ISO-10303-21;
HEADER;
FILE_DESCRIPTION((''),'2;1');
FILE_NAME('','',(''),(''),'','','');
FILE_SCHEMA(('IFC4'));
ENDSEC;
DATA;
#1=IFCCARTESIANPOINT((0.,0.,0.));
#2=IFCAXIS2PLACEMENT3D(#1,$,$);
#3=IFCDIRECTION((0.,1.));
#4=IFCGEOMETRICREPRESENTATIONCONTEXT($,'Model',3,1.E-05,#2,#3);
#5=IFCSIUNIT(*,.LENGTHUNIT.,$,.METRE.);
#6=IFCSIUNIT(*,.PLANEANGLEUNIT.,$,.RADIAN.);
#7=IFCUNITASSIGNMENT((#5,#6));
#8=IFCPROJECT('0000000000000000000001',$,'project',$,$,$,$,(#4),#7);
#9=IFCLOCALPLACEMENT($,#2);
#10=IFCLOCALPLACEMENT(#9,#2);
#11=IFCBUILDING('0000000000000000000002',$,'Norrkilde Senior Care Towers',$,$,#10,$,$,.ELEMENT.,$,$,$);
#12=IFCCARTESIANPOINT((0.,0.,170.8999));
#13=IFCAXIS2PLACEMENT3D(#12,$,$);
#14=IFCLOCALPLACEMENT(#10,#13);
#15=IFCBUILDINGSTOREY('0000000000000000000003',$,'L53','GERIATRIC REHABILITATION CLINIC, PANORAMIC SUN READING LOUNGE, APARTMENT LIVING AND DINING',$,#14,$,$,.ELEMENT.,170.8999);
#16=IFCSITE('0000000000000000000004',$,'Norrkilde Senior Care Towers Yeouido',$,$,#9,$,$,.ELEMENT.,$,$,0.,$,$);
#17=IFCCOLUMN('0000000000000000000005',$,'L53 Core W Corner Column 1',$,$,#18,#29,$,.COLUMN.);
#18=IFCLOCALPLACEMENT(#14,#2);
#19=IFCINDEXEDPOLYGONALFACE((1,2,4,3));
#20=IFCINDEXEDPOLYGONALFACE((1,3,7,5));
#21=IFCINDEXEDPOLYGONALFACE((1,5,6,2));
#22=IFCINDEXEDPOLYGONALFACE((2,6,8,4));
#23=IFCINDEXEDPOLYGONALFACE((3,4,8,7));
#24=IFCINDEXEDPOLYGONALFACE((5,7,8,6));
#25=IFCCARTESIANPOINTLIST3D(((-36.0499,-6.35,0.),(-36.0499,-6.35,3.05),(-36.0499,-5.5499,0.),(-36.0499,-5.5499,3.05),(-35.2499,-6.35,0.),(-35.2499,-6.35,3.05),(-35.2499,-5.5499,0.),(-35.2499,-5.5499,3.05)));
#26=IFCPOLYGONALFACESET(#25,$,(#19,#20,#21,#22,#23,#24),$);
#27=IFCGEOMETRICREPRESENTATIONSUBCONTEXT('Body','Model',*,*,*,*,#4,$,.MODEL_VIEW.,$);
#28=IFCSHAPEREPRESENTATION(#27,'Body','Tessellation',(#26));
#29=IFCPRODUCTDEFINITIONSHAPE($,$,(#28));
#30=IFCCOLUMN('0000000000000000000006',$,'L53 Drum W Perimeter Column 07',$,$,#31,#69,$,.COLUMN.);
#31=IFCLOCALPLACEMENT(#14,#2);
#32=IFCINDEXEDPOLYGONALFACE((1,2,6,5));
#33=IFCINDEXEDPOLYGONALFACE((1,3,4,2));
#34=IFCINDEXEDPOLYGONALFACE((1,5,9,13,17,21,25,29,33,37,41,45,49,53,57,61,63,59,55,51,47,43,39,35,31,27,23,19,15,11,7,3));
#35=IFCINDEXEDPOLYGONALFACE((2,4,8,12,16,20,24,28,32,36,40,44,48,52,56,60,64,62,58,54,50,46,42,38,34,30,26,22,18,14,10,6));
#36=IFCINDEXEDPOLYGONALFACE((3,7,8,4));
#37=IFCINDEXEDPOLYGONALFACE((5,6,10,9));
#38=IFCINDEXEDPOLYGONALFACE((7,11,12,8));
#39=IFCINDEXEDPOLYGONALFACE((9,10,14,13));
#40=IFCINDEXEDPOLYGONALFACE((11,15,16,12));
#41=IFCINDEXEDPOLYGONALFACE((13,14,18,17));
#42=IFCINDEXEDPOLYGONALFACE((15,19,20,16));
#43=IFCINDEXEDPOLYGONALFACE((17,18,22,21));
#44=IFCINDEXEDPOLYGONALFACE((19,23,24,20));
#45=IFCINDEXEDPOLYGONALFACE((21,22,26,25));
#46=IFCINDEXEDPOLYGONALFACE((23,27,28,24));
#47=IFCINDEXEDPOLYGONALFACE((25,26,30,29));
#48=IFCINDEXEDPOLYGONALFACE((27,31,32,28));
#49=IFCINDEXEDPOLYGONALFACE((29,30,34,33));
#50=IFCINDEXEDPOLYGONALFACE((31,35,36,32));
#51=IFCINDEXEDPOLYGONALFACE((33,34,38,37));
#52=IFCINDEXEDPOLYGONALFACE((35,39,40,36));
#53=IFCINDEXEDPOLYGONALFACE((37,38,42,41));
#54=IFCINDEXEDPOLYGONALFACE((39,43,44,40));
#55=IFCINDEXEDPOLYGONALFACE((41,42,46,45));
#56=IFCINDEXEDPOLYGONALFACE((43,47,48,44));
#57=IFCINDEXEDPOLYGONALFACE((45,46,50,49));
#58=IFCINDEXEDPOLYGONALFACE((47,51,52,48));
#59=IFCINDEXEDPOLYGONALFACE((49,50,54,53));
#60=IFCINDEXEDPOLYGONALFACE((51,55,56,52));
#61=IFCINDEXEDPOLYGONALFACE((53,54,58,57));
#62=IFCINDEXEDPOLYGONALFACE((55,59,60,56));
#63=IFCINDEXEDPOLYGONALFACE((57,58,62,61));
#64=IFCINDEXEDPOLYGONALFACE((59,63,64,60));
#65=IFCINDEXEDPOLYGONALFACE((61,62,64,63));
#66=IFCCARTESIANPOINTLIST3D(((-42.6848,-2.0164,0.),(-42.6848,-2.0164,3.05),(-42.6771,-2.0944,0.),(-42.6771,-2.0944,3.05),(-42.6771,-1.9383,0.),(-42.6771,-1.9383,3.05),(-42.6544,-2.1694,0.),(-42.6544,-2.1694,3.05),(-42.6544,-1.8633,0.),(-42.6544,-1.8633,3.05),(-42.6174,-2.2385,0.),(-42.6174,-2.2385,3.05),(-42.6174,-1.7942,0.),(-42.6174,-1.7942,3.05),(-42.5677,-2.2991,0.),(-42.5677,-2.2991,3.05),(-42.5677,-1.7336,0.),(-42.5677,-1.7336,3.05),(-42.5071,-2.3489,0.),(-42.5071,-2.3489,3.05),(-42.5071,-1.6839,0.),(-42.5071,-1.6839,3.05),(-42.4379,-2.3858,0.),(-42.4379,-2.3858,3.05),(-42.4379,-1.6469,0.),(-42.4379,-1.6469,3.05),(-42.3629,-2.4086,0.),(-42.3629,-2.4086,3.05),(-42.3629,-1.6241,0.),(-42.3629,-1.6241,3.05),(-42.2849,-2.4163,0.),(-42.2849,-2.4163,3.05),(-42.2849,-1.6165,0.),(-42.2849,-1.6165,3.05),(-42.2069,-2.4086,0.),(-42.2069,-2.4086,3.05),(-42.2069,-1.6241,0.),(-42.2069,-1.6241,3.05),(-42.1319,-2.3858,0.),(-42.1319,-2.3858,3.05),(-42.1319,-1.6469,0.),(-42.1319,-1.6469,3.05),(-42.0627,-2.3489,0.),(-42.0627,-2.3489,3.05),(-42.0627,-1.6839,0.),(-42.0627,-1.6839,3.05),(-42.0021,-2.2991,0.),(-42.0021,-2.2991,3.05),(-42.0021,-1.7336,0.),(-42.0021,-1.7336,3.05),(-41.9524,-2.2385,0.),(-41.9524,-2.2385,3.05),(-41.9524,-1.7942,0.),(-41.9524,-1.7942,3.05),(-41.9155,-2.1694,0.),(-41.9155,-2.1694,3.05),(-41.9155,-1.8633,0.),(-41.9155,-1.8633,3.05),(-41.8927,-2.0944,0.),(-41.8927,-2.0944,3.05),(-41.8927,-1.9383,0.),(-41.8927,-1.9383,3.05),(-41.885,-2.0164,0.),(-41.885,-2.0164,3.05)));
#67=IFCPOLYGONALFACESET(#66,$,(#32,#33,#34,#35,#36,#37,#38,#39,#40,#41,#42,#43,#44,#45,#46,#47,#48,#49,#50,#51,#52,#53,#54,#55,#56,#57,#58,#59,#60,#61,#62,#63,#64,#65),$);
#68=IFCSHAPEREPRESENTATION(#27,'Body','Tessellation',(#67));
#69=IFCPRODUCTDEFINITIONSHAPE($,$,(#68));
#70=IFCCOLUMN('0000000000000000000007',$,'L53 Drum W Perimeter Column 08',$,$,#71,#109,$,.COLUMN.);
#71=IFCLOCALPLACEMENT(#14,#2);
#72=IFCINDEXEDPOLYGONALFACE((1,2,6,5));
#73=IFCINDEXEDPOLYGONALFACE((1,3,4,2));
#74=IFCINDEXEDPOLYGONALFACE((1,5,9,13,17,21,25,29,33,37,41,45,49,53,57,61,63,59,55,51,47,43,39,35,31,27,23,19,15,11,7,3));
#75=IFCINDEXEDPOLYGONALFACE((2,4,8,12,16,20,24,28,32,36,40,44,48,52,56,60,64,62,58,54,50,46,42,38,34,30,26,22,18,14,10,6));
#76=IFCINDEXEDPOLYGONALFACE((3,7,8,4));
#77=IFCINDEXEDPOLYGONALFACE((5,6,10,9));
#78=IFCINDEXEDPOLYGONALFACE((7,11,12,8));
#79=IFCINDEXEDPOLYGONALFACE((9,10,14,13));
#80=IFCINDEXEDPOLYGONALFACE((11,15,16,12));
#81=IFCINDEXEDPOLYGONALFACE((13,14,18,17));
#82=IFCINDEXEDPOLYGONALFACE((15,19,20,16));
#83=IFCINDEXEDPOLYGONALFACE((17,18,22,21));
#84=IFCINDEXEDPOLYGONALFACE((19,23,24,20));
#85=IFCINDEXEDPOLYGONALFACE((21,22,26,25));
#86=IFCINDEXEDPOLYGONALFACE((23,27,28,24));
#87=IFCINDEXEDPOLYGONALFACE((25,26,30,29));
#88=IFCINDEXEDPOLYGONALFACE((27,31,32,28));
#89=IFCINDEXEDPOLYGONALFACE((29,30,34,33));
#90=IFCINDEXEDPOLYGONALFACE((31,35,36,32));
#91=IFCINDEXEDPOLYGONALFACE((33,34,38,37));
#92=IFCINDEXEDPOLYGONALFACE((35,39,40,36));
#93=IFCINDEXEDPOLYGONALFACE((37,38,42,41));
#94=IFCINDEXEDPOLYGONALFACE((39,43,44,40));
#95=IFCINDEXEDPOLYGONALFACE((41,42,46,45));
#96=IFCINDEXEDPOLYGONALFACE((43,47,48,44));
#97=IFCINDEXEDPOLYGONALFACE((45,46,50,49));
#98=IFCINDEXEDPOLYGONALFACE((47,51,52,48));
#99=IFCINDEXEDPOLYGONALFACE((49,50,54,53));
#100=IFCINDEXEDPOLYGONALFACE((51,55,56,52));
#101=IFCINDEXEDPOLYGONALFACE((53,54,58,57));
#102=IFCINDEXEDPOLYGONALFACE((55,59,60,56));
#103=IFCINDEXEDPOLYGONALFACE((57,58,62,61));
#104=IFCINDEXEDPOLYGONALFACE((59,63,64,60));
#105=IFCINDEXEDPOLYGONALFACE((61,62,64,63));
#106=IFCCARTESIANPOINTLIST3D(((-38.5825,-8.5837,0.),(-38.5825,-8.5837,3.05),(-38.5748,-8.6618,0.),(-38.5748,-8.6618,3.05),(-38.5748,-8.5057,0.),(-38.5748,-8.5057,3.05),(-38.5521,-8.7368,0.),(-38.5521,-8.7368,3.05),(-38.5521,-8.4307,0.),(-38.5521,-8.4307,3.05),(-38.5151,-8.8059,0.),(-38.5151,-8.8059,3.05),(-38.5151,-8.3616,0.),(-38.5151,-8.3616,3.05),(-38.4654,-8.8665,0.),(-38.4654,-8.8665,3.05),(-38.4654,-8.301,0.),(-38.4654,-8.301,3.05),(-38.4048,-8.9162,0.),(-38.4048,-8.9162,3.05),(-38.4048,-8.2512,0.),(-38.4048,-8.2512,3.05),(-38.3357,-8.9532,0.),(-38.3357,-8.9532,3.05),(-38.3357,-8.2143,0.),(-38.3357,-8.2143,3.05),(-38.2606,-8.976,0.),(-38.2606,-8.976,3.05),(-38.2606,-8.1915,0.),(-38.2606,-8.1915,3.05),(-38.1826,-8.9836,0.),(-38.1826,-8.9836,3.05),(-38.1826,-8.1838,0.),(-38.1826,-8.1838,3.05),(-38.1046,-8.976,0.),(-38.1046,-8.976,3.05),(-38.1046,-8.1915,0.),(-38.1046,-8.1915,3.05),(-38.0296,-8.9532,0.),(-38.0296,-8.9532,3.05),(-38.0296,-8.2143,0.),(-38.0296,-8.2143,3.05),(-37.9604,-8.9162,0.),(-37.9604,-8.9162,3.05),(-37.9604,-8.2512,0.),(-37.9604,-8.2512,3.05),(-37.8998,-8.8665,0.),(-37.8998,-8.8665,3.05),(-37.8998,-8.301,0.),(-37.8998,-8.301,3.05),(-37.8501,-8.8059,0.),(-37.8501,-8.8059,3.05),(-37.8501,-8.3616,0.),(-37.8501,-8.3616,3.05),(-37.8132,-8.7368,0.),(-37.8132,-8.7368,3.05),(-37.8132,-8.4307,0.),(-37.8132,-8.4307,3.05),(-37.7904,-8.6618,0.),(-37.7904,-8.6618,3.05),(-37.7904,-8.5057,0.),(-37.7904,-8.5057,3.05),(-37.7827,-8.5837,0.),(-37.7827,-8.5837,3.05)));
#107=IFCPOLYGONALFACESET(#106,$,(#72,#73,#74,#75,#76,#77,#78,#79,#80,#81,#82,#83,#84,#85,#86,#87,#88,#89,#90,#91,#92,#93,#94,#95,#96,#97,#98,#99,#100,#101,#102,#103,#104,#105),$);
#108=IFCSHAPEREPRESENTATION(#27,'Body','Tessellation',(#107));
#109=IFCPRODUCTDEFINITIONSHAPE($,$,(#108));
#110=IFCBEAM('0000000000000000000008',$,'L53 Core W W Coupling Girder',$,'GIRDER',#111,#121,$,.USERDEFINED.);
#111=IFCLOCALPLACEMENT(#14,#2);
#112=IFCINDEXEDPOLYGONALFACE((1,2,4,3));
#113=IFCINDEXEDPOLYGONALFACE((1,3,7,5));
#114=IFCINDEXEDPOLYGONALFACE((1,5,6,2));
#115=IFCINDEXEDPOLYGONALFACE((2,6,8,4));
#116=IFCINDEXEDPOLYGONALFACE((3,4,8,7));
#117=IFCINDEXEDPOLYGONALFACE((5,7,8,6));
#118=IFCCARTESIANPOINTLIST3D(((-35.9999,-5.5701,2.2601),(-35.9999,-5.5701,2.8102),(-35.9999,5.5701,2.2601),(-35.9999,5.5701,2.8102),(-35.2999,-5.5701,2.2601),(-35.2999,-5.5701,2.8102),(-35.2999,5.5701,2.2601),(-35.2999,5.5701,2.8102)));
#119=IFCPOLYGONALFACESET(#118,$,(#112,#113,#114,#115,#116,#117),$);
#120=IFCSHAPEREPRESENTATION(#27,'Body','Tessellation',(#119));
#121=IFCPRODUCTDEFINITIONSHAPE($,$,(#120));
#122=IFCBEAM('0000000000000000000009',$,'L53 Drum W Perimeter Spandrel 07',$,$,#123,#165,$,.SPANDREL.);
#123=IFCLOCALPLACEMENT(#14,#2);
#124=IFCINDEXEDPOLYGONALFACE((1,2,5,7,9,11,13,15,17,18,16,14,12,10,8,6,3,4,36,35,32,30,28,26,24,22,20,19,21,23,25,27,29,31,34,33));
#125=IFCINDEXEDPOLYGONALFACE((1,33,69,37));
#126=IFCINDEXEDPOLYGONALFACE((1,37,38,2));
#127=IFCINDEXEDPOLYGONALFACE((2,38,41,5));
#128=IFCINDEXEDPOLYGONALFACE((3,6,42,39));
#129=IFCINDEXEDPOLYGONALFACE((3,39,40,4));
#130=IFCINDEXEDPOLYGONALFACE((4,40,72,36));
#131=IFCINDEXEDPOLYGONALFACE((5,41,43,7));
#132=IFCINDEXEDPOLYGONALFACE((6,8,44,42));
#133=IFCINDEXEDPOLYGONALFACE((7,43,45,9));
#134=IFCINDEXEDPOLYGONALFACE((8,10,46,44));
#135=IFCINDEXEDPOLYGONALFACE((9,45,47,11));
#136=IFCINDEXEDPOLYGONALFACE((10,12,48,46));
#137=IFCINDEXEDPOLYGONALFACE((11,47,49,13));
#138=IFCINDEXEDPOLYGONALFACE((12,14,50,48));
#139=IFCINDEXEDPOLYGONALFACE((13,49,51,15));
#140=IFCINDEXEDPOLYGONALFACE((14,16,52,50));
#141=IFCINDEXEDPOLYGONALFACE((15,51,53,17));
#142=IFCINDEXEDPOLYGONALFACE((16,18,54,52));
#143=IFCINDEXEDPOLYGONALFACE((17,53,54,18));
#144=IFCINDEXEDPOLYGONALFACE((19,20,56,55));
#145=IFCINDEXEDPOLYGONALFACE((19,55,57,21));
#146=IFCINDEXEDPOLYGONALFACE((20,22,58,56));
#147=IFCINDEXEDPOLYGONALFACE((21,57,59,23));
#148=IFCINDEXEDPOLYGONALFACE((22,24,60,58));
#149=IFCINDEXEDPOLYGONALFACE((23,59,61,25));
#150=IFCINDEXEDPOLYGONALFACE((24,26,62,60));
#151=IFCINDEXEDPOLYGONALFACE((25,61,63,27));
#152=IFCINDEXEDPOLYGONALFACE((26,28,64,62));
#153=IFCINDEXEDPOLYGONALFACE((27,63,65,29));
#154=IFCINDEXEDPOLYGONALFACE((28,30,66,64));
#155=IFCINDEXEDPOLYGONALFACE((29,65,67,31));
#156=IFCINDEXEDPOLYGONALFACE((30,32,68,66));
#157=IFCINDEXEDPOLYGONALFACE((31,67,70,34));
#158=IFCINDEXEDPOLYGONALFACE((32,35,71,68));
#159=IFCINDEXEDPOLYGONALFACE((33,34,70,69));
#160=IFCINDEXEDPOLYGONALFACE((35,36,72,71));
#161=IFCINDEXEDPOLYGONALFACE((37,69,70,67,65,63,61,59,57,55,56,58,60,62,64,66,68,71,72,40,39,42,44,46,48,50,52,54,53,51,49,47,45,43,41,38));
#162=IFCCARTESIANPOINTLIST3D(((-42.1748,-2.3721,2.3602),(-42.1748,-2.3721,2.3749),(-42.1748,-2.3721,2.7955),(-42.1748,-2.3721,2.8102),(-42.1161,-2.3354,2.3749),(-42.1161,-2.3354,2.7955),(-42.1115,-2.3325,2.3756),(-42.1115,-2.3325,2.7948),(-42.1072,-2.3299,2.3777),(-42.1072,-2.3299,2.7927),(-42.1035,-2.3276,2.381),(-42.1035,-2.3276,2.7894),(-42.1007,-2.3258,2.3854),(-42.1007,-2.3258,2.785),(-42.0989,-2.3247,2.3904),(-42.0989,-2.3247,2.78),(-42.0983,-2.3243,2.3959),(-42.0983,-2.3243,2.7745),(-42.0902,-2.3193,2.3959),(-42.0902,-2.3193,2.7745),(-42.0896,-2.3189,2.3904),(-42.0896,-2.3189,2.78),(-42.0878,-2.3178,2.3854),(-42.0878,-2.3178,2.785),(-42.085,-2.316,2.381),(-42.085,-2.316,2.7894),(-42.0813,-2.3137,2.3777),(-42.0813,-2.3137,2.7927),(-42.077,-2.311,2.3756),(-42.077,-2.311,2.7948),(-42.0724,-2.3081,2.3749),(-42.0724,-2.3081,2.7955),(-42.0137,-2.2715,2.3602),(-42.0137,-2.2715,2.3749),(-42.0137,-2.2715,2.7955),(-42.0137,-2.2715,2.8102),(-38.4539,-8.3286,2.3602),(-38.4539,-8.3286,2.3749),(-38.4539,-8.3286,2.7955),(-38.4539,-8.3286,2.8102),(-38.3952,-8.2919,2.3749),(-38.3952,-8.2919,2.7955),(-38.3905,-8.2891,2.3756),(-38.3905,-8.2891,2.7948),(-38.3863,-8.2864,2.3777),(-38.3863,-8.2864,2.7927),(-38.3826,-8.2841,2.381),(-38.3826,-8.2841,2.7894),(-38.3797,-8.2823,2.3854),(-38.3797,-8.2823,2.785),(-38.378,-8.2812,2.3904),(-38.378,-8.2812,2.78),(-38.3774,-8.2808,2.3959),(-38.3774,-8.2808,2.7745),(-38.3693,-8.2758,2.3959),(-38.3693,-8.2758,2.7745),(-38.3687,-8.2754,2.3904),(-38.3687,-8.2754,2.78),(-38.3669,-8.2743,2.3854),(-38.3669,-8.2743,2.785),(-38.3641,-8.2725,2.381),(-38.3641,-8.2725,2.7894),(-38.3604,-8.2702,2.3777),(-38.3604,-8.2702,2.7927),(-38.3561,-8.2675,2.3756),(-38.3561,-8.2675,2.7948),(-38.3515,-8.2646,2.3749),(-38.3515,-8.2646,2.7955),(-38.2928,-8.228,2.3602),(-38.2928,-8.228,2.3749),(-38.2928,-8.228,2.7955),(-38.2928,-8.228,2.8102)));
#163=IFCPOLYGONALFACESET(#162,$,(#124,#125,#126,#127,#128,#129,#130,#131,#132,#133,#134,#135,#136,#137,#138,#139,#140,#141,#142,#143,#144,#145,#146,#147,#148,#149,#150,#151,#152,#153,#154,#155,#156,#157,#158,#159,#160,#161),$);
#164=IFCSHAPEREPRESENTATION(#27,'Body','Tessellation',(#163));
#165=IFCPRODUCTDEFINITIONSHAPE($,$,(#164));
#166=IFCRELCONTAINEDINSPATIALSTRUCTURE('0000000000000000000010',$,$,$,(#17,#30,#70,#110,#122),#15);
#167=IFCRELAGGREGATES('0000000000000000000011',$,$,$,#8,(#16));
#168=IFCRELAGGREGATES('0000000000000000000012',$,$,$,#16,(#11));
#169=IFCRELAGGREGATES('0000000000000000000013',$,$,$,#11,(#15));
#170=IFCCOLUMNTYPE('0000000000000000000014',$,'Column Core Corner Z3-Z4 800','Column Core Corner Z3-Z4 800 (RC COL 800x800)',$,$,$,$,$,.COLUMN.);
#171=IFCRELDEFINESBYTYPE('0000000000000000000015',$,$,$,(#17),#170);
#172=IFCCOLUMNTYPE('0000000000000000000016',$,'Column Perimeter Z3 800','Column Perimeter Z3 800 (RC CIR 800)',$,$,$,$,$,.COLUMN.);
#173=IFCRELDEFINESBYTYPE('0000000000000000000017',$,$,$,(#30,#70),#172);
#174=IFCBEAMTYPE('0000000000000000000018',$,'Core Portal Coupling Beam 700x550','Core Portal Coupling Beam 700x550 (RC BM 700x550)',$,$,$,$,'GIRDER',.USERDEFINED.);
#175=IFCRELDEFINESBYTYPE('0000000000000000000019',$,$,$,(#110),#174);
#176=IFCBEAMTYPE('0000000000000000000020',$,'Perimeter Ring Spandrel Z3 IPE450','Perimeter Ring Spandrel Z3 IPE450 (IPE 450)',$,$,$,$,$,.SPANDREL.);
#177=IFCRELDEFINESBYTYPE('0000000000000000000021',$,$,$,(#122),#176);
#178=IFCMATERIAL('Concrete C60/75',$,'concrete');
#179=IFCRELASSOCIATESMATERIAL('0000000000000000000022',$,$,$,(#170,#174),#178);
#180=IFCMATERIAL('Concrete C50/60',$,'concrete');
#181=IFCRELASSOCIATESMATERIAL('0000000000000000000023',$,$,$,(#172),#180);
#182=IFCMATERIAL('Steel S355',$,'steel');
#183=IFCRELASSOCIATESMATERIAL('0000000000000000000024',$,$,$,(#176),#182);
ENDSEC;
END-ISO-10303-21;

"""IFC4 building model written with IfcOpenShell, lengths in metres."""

from ifc_helpers import new_model, si_unit, direction, frame, origin, origin_2d, place, context, subcontext, project, spatial, rectangle, circle, i_section, extrude, source, transform, mapped, material, material_profile, profile_set, type_object, type_shapes, element, save


model = new_model("IFC4")

# Units and contexts
model_context = context("Model", 3, precision=1e-05, world=origin(), true_north=direction((0.0, 1.0)))
body_context = subcontext(model_context, "Body", "Model", "MODEL_VIEW")
ifc_project = project(units=[si_unit("LENGTHUNIT", "METRE"), si_unit("PLANEANGLEUNIT", "RADIAN")], contexts=[model_context])

# Site, building, storey
site_placement = place(None, origin())
site = spatial("IfcSite", under=ifc_project, at=site_placement, Name="Norrkilde Senior Care Towers Yeouido", CompositionType="ELEMENT", RefElevation=0.0)
building_placement = place(site_placement, origin())
building = spatial("IfcBuilding", under=site, at=building_placement, Name="Norrkilde Senior Care Towers", CompositionType="ELEMENT")
storey_placement = place(building_placement, frame((0.0, 0.0, 170.8999)))
storey = spatial("IfcBuildingStorey", under=building, at=storey_placement, Name="L53", Description="GERIATRIC REHABILITATION CLINIC, PANORAMIC SUN READING LOUNGE, APARTMENT LIVING AND DINING", CompositionType="ELEMENT", Elevation=170.8999)

# Columns
ifc_material_1 = material(Name="Concrete C60/75", Category="concrete")
ifc_material_profile_1 = material_profile(ifc_material_1, rectangle(XDim=0.8, YDim=0.8, at=origin_2d()), Name="RC COL 800x800")
ifc_profile_set_1 = profile_set([ifc_material_profile_1], Name="Concrete C60/75")
column_type_1 = type_object("IfcColumnType", Name="Column Core Corner Z3-Z4 800", Description="Column Core Corner Z3-Z4 800 (RC COL 800x800)", PredefinedType="COLUMN", material=ifc_profile_set_1)
shared_shape_1 = source(origin(), body_context, "Body", "SweptSolid", [
    extrude(rectangle(XDim=0.8, YDim=0.8, at=origin_2d()), origin(), (0.0, 0.0, 1.0), 3.05),
])
type_shapes(column_type_1, [shared_shape_1])
column_placement = place(storey_placement, frame((-35.6499, -5.95, 0.0), z_axis=(0.0, 0.0, 1.0), x_axis=(1.0, 0.0, 0.0)))
element("IfcColumn", 1, at=column_placement, inside=storey, type_object=column_type_1, Name="L53 Core W Corner Column 1", PredefinedType="COLUMN", context=body_context, shape_type="MappedRepresentation", body=[
    mapped(shared_shape_1, transform((0.0, 0.0, 0.0), x_axis=(1.0, 0.0, 0.0), y_axis=(0.0, 1.0, 0.0), z_axis=(0.0, 0.0, 1.0), scale=1.0)),
])
ifc_material_2 = material(Name="Concrete C50/60", Category="concrete")
ifc_material_profile_2 = material_profile(ifc_material_2, circle(Radius=0.3999, at=origin_2d()), Name="RC CIR 800")
ifc_profile_set_2 = profile_set([ifc_material_profile_2], Name="Concrete C50/60")
column_type_2 = type_object("IfcColumnType", Name="Column Perimeter Z3 800", Description="Column Perimeter Z3 800 (RC CIR 800)", PredefinedType="COLUMN", material=ifc_profile_set_2)
shared_shape_2 = source(origin(), body_context, "Body", "SweptSolid", [
    extrude(circle(Radius=0.3999, at=origin_2d()), origin(), (0.0, 0.0, 1.0), 3.05),
])
type_shapes(column_type_2, [shared_shape_2])
for number, where, z_axis, x_axis, name in (
    (2, (-42.2849, -2.0164, 0.0), (0.0, 0.0, 1.0), (1.0, 0.0, 0.0), "L53 Drum W Perimeter Column 07"),
    (3, (-38.1826, -8.5837, 0.0), (0.0, 0.0, 1.0), (1.0, 0.0, 0.0), "L53 Drum W Perimeter Column 08"),
):
    element("IfcColumn", number, at=place(storey_placement, frame(where, z_axis=z_axis, x_axis=x_axis)), inside=storey, type_object=column_type_2, Name=name, PredefinedType="COLUMN", context=body_context, shape_type="MappedRepresentation", body=[
        mapped(shared_shape_2, transform((0.0, 0.0, 0.0), x_axis=(1.0, 0.0, 0.0), y_axis=(0.0, 1.0, 0.0), z_axis=(0.0, 0.0, 1.0), scale=1.0)),
    ])

# Beams
ifc_material_profile_3 = material_profile(ifc_material_1, rectangle(XDim=0.7, YDim=0.55, at=origin_2d()), Name="RC BM 700x550")
ifc_profile_set_3 = profile_set([ifc_material_profile_3], Name="Concrete C60/75")
beam_type_1 = type_object("IfcBeamType", Name="Core Portal Coupling Beam 700x550", Description="Core Portal Coupling Beam 700x550 (RC BM 700x550)", ElementType="GIRDER", PredefinedType="USERDEFINED", material=ifc_profile_set_3)
shared_shape_3 = source(origin(), body_context, "Body", "SweptSolid", [
    extrude(rectangle(XDim=0.7, YDim=0.55, at=origin_2d()), origin(), (0.0, 0.0, 1.0), 11.1401),
])
type_shapes(beam_type_1, [shared_shape_3])
beam_1_placement = place(storey_placement, frame((-35.6499, -5.5701, 2.5352), z_axis=(0.0, 1.0, 0.0), x_axis=(-1.0, 0.0, 0.0)))
element("IfcBeam", 4, at=beam_1_placement, inside=storey, type_object=beam_type_1, Name="L53 Core W W Coupling Girder", ObjectType="GIRDER", PredefinedType="USERDEFINED", context=body_context, shape_type="MappedRepresentation", body=[
    mapped(shared_shape_3, transform((0.0, 0.0, 0.0), x_axis=(1.0, 0.0, 0.0), y_axis=(0.0, 1.0, 0.0), z_axis=(0.0, 0.0, 1.0), scale=1.0)),
])
ifc_material_3 = material(Name="Steel S355", Category="steel")
ifc_material_profile_4 = material_profile(ifc_material_3, i_section(OverallWidth=0.1899, OverallDepth=0.45, WebThickness=0.0095, FlangeThickness=0.0146, FilletRadius=0.021, at=origin_2d()), Name="IPE 450")
ifc_profile_set_4 = profile_set([ifc_material_profile_4], Name="Steel S355")
beam_type_2 = type_object("IfcBeamType", Name="Perimeter Ring Spandrel Z3 IPE450", Description="Perimeter Ring Spandrel Z3 IPE450 (IPE 450)", PredefinedType="SPANDREL", material=ifc_profile_set_4)
shared_shape_4 = source(origin(), body_context, "Body", "SweptSolid", [
    extrude(i_section(OverallWidth=0.1899, OverallDepth=0.45, WebThickness=0.0095, FlangeThickness=0.0146, FilletRadius=0.021, at=origin_2d()), origin(), (0.0, 0.0, 1.0), 7.0232),
])
beam_2_placement = place(storey_placement, frame((-42.0942, -2.3218, 2.5852), z_axis=(0.529805, -0.848119, 0.0), x_axis=(0.848119, 0.529805, 0.0)))
element("IfcBeam", 5, at=beam_2_placement, inside=storey, type_object=beam_type_2, Name="L53 Drum W Perimeter Spandrel 07", PredefinedType="SPANDREL", context=body_context, shape_type="MappedRepresentation", body=[
    mapped(shared_shape_4, transform((0.0, 0.0, 0.0), x_axis=(1.0, 0.0, 0.0), y_axis=(0.0, 1.0, 0.0), z_axis=(0.0, 0.0, 1.0), scale=1.0)),
])

save(model, "model.ifc")
